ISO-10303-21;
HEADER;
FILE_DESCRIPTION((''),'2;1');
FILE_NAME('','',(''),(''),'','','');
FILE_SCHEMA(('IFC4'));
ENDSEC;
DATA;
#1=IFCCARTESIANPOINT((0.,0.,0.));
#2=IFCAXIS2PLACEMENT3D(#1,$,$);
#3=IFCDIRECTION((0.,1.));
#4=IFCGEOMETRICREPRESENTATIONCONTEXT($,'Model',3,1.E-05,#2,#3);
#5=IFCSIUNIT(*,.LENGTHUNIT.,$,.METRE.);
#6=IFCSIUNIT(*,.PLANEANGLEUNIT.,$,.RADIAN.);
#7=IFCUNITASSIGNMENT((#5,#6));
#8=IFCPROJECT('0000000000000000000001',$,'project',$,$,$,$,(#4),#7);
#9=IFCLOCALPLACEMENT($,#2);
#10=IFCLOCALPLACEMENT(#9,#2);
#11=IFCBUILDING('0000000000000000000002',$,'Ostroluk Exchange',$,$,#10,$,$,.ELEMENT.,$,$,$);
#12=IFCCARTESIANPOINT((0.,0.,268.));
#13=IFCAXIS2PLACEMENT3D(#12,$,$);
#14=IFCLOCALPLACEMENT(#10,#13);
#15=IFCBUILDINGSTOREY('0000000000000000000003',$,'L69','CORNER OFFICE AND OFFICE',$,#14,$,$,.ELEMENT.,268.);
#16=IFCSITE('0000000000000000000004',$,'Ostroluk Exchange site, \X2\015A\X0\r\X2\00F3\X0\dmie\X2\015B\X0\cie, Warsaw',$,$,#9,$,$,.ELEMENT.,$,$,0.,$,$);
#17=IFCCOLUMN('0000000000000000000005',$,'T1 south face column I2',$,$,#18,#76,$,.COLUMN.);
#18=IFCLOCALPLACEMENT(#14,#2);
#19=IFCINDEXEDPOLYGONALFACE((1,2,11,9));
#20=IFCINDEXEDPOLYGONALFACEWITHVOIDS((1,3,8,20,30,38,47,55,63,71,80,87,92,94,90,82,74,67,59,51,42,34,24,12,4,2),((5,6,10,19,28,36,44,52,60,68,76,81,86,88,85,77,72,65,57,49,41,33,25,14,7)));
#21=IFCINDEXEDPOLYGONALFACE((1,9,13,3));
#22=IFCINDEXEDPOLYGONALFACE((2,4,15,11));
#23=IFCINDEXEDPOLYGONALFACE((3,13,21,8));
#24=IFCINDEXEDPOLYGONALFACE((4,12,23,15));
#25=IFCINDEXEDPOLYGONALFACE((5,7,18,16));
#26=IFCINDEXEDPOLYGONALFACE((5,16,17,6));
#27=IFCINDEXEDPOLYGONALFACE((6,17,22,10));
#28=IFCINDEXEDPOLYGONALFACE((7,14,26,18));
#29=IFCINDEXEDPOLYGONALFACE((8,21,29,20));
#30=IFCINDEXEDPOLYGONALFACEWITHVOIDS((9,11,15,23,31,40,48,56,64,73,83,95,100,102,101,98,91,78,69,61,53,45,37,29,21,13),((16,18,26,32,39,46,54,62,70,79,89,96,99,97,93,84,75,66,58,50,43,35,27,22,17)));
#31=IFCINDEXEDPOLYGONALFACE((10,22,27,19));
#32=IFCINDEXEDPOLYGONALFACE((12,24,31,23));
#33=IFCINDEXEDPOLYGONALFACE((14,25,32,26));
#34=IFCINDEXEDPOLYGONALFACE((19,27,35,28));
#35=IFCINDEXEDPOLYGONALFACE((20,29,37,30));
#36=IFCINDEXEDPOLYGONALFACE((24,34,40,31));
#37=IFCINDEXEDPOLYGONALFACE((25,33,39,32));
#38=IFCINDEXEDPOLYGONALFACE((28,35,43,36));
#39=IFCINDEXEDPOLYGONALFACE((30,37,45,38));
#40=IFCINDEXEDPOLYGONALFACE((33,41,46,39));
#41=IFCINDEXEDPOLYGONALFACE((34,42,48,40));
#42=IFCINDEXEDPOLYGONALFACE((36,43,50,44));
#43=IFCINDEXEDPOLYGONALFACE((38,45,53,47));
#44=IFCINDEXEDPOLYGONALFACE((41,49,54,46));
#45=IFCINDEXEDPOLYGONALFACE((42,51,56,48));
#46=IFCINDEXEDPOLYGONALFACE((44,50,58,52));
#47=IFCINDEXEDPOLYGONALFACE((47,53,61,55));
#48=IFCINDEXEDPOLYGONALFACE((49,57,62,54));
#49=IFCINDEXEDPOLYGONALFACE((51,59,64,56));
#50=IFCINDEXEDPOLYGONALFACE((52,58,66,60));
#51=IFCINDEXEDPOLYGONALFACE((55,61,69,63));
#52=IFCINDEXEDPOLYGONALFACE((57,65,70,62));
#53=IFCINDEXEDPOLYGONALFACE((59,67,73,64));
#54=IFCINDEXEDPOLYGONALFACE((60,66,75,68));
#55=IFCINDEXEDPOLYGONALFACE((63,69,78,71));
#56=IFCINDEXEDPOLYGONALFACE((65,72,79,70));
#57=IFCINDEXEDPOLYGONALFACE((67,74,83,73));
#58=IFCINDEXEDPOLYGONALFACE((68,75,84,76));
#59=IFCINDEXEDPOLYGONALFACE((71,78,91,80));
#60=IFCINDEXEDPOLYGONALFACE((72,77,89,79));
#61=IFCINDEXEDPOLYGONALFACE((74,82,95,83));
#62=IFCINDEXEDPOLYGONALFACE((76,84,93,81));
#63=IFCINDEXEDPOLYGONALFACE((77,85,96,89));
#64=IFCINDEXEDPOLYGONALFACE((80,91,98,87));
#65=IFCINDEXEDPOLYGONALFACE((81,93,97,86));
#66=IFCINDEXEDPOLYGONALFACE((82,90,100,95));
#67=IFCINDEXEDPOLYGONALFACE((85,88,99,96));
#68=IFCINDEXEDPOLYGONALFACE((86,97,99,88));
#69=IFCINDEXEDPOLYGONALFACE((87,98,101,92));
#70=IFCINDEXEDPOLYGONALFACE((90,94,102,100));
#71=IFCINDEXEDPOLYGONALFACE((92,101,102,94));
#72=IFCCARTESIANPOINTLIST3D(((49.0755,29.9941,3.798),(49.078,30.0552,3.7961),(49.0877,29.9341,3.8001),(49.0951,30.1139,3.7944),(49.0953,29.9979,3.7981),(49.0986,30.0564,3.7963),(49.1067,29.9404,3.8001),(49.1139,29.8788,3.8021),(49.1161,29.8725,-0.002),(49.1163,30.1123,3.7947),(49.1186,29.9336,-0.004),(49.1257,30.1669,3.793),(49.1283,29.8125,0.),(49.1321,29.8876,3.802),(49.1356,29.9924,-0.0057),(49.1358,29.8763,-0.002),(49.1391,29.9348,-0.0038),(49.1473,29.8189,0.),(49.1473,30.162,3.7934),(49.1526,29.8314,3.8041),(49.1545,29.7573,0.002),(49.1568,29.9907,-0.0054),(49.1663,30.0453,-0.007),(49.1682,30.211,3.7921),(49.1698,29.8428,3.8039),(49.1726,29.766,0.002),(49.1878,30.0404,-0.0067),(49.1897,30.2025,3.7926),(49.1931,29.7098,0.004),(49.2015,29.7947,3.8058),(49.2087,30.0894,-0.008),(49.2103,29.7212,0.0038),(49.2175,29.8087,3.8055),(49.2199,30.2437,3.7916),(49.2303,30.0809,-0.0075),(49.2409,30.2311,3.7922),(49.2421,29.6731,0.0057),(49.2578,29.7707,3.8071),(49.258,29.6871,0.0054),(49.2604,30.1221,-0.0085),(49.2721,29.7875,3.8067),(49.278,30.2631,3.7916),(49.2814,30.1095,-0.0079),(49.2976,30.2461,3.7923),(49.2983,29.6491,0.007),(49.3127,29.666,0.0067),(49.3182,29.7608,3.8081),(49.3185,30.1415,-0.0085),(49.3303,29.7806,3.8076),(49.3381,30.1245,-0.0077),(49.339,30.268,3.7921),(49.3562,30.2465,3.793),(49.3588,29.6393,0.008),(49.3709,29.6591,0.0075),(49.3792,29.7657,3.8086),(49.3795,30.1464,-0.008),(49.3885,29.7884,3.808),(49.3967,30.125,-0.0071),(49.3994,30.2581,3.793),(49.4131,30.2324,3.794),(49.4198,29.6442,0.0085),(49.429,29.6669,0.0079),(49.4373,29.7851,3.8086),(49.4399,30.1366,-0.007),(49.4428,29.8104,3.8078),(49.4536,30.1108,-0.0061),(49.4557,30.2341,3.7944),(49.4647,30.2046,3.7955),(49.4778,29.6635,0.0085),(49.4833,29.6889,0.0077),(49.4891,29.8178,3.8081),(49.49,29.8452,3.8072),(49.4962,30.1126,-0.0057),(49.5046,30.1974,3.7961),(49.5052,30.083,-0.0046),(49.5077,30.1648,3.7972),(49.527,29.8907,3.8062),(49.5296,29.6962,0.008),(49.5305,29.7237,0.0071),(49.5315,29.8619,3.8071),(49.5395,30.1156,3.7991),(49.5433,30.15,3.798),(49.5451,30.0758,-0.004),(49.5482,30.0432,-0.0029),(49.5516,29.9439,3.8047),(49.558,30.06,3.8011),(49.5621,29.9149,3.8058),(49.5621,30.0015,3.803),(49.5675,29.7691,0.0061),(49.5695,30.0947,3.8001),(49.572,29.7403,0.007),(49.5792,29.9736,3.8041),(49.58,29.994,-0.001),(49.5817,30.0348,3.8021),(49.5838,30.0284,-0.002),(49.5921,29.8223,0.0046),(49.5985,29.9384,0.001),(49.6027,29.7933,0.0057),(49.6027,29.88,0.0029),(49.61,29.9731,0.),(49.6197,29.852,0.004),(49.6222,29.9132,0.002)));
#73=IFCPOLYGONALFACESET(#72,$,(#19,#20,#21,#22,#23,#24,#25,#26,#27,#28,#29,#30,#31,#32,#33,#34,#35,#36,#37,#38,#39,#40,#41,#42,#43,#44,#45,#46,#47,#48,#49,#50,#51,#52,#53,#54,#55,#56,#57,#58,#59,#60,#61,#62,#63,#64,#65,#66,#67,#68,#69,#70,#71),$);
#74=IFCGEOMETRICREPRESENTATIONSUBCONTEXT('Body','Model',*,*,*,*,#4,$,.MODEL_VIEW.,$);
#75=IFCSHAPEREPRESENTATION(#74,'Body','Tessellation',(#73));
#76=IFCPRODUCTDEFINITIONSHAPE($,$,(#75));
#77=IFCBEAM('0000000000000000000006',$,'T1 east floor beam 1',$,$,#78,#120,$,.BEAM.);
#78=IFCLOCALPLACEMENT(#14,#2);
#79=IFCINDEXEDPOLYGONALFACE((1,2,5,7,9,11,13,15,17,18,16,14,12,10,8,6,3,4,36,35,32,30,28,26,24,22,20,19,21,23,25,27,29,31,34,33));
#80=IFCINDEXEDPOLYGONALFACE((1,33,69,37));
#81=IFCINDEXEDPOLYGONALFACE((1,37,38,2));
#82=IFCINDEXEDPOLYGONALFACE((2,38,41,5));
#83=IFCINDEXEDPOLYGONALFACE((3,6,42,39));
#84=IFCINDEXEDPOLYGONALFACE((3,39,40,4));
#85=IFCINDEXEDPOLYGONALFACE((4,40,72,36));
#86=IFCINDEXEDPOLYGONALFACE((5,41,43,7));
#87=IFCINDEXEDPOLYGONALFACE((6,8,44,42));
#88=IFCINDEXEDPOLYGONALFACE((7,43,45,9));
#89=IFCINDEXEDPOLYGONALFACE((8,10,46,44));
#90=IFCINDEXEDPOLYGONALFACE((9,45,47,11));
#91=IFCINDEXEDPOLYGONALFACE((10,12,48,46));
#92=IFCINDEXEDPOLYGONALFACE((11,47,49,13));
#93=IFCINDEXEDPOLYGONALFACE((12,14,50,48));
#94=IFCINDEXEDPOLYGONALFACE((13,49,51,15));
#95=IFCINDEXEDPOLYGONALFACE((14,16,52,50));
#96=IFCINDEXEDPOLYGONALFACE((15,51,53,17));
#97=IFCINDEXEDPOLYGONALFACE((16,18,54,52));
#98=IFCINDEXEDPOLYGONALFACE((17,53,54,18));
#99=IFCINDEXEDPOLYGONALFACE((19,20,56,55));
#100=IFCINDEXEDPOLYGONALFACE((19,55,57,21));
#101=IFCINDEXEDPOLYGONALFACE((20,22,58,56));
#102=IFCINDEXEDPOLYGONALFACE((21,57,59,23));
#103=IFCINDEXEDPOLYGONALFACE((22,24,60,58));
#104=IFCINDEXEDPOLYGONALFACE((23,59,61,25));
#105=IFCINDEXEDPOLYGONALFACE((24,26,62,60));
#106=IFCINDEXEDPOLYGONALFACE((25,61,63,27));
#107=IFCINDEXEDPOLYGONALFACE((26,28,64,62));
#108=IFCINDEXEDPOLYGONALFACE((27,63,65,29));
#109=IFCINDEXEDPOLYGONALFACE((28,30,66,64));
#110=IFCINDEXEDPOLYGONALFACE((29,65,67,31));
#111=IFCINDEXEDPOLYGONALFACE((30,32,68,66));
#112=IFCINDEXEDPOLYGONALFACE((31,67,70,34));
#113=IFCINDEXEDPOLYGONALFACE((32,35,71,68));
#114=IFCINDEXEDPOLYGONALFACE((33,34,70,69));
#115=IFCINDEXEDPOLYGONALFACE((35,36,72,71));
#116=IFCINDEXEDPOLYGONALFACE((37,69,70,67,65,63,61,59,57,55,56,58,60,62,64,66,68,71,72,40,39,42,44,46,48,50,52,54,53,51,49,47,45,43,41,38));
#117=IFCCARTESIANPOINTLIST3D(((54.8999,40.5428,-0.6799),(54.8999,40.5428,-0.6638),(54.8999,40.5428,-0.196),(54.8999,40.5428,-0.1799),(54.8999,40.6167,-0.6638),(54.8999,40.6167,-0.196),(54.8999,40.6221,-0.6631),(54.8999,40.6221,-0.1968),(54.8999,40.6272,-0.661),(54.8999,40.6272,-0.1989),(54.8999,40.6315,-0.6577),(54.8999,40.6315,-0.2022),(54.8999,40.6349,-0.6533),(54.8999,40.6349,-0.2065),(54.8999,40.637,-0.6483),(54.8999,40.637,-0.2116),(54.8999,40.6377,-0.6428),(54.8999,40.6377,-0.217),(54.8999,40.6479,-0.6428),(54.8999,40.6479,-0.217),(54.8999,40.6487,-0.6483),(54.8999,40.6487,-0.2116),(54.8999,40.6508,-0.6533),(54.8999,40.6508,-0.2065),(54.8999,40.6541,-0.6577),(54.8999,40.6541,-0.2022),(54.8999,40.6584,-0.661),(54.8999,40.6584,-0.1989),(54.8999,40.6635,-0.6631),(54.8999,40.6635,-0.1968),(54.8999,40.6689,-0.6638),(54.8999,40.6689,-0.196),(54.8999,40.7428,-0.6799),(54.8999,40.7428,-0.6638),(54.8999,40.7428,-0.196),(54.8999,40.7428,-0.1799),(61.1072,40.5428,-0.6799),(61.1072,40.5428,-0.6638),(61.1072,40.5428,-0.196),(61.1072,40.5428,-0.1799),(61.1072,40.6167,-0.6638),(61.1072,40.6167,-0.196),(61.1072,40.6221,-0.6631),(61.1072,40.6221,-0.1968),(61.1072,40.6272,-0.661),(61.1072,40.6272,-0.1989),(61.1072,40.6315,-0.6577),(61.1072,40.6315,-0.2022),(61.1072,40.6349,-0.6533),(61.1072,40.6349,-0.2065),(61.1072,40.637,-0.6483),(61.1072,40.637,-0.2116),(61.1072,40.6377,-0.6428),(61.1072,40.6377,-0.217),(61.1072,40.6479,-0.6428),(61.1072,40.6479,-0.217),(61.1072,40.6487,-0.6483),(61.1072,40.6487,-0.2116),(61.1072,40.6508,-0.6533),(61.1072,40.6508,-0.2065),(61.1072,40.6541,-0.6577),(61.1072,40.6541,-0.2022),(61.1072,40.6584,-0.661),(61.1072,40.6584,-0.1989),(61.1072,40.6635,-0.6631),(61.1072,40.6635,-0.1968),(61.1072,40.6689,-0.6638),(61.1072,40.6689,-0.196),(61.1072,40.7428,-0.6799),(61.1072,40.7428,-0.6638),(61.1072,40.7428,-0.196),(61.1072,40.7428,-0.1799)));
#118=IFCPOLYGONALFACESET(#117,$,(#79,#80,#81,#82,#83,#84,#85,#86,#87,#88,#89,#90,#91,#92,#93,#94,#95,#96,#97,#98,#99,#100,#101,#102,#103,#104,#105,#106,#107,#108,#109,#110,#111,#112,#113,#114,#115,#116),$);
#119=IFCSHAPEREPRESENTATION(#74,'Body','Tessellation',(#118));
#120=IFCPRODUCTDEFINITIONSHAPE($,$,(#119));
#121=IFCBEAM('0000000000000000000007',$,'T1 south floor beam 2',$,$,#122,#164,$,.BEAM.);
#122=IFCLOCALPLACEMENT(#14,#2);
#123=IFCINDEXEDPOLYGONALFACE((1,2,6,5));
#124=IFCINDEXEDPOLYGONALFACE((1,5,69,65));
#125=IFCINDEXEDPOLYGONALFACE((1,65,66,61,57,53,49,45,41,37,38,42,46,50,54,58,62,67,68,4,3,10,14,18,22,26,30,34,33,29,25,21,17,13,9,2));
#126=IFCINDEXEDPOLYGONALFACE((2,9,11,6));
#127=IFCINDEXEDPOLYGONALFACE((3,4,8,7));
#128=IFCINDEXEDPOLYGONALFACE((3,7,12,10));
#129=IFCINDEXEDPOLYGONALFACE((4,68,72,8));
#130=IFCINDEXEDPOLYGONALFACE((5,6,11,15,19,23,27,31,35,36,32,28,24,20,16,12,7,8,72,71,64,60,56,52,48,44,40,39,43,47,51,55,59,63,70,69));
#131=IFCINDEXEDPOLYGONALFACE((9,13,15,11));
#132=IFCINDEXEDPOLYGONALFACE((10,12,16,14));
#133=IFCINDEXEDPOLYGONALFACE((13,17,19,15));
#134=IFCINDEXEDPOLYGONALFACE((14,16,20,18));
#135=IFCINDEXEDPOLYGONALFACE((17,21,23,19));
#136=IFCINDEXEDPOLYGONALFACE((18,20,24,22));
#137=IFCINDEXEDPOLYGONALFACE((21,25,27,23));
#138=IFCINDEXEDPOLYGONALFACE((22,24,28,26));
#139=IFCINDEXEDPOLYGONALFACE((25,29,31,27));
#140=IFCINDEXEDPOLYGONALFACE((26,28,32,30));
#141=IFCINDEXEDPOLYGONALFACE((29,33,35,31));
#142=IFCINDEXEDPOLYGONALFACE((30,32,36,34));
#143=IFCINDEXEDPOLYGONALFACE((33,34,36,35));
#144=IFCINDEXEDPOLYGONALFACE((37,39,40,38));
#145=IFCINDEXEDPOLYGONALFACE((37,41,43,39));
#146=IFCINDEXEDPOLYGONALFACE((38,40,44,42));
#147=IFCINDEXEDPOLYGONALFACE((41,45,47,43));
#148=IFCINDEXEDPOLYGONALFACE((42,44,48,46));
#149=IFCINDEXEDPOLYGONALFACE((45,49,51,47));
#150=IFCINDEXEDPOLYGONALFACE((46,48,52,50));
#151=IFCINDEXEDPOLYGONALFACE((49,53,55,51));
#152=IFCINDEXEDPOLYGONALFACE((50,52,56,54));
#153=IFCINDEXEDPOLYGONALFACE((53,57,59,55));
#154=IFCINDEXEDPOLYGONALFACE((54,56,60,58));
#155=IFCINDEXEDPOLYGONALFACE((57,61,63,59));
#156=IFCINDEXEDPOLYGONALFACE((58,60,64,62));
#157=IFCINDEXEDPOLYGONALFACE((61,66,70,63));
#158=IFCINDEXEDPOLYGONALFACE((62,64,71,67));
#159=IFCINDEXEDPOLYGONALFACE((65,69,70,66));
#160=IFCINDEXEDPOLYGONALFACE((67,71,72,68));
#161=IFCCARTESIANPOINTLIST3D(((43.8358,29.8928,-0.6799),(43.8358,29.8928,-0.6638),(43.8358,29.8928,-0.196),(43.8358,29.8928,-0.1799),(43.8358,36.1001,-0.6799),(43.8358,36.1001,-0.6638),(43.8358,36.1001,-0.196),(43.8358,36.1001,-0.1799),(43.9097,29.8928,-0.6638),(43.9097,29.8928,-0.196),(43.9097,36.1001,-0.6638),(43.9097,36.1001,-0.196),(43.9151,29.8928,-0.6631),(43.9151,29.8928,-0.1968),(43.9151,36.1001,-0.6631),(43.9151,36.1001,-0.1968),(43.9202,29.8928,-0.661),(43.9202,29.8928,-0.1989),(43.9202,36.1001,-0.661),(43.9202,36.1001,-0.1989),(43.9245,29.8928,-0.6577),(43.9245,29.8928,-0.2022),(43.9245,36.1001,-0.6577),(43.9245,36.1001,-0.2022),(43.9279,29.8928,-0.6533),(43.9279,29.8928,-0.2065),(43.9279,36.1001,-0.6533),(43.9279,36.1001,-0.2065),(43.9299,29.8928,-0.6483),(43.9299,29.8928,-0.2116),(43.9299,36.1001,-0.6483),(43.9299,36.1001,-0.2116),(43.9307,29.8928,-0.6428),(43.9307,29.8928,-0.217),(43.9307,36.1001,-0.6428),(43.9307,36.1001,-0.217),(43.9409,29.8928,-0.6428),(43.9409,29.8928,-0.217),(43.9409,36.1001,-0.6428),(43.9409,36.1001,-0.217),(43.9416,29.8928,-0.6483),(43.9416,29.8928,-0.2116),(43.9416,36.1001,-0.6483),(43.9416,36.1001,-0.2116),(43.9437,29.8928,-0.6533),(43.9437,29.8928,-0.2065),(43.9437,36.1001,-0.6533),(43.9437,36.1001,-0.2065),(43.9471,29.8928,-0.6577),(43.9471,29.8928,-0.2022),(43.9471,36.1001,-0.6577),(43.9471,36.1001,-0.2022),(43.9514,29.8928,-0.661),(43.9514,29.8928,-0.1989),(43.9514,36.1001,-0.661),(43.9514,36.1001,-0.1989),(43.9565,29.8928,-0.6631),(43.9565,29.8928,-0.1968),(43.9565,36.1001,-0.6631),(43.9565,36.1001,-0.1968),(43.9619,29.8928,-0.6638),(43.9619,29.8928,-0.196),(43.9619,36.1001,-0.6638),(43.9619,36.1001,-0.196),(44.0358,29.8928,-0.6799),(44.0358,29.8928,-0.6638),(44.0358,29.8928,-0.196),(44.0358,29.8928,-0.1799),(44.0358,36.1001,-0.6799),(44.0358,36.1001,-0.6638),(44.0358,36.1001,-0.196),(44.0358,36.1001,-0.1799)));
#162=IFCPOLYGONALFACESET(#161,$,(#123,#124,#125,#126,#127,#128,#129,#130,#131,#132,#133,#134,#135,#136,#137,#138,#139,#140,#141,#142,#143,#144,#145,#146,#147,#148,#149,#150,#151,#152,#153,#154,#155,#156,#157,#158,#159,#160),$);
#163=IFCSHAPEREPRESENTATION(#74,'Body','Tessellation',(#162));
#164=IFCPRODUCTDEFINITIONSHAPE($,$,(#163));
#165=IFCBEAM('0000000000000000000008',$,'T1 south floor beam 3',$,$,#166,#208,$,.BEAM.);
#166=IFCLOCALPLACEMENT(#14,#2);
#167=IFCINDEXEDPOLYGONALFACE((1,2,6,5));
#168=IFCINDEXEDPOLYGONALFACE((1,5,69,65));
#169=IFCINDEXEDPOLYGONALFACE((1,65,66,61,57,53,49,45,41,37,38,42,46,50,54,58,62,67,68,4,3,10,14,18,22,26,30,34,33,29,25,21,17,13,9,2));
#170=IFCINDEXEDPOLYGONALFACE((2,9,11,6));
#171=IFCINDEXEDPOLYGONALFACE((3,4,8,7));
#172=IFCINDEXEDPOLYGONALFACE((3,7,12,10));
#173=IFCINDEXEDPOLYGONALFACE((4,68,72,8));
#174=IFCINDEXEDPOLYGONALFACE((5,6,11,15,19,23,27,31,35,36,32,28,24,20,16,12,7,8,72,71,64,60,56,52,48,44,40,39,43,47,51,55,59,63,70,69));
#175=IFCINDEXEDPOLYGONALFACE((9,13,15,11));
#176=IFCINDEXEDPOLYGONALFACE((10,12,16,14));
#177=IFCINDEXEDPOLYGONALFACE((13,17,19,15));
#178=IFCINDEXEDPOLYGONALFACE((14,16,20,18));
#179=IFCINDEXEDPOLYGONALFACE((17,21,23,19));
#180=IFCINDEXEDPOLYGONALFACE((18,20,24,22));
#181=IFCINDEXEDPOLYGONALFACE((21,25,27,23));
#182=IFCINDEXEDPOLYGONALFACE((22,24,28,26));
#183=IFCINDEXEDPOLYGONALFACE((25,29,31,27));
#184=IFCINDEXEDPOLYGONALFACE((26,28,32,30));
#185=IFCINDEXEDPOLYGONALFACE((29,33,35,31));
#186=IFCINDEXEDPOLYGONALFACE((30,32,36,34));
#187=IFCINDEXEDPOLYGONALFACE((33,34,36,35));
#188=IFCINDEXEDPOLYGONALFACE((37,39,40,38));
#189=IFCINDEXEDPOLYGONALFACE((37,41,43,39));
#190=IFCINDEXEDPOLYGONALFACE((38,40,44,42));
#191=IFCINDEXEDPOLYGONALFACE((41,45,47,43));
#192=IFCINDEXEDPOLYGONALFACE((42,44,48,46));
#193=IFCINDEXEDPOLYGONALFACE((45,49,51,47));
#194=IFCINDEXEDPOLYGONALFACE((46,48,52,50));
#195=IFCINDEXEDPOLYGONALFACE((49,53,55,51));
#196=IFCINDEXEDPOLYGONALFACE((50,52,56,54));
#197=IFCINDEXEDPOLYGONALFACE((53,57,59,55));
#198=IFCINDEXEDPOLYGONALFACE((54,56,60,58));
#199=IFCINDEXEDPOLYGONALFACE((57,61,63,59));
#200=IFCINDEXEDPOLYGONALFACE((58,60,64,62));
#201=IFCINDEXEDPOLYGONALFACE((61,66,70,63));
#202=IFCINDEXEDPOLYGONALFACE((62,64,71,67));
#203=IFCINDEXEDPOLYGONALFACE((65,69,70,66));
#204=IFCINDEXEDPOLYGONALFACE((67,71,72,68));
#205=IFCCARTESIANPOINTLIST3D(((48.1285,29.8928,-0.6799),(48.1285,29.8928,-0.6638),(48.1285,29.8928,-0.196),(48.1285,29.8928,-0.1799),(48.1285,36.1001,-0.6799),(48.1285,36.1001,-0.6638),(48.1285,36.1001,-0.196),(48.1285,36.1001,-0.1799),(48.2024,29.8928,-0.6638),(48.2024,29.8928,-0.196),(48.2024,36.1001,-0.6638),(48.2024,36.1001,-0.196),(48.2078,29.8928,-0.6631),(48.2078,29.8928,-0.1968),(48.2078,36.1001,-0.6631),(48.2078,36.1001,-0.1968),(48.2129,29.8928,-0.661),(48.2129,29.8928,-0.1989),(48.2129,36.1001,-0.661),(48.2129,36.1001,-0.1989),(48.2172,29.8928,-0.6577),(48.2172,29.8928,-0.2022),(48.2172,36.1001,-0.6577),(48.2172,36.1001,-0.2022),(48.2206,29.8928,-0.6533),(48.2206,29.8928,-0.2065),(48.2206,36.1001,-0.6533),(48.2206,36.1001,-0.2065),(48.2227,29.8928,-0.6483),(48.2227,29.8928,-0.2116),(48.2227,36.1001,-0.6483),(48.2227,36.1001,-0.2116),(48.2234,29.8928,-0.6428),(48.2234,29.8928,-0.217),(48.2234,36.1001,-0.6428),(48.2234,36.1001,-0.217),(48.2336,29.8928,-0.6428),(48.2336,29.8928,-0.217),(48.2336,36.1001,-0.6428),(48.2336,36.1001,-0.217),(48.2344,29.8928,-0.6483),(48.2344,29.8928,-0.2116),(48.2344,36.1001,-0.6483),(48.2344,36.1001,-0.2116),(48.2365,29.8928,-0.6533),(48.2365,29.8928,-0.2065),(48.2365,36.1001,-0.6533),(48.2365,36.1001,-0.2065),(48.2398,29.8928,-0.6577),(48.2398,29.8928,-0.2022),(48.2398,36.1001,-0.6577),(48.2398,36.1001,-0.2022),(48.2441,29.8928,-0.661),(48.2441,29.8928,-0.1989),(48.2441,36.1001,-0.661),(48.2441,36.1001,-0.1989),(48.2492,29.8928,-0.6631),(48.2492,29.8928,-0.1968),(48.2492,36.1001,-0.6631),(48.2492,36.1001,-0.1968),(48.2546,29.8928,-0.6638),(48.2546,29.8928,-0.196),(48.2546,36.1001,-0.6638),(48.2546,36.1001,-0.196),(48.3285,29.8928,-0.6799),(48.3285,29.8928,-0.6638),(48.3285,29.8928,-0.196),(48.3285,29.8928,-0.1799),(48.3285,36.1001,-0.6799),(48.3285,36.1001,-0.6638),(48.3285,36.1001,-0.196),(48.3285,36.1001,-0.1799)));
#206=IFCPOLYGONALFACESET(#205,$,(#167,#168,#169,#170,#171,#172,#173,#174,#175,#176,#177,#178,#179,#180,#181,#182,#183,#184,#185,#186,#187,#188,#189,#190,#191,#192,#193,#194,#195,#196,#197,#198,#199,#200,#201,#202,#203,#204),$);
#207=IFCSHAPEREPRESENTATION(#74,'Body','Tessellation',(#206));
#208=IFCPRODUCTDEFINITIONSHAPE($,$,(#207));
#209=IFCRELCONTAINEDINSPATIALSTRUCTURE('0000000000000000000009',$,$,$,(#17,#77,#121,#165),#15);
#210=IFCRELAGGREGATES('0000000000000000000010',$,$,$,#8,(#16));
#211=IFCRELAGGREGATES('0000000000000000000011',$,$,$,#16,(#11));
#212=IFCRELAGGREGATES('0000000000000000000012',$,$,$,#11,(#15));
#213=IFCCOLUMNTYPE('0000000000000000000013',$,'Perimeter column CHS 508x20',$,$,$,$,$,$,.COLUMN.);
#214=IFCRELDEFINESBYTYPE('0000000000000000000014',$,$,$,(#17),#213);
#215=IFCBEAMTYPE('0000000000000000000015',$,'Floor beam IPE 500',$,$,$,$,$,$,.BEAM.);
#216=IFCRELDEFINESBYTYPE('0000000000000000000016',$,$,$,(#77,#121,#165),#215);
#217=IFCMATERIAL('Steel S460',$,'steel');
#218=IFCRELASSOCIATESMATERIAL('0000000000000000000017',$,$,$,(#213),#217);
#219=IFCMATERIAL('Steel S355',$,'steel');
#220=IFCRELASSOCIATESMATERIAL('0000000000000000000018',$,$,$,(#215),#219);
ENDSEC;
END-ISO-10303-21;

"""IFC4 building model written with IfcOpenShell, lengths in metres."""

from ifc_helpers import new_model, si_unit, direction, frame, origin, origin_2d, place, context, subcontext, project, spatial, hollow_circle, i_section, extrude, material, material_profile, profile_set, type_object, element, save


model = new_model("IFC4")

# Units and contexts
model_context = context("Model", 3, precision=1e-05, world=origin(), true_north=direction((0.0, 1.0)))
body_context = subcontext(model_context, "Body", "Model", "MODEL_VIEW")
ifc_project = project(units=[si_unit("LENGTHUNIT", "METRE"), si_unit("PLANEANGLEUNIT", "RADIAN")], contexts=[model_context])

# Site, building, storey
site_placement = place(None, origin())
site = spatial("IfcSite", under=ifc_project, at=site_placement, Name="Ostroluk Exchange site, Śródmieście, Warsaw", CompositionType="ELEMENT", RefElevation=0.0)
building_placement = place(site_placement, origin())
building = spatial("IfcBuilding", under=site, at=building_placement, Name="Ostroluk Exchange", CompositionType="ELEMENT")
storey_placement = place(building_placement, frame((0.0, 0.0, 268.0)))
storey = spatial("IfcBuildingStorey", under=building, at=storey_placement, Name="L69", Description="CORNER OFFICE AND OFFICE", CompositionType="ELEMENT", Elevation=268.0)

# Column
ifc_material_1 = material(Name="Steel S460", Category="steel")
ifc_material_profile_1 = material_profile(ifc_material_1, hollow_circle(Radius=0.2539, WallThickness=0.02, at=origin_2d()), Name="CHS 508x20")
ifc_profile_set_1 = profile_set([ifc_material_profile_1], Name="Steel S460")
column_type = type_object("IfcColumnType", Name="Perimeter column CHS 508x20", PredefinedType="COLUMN", material=ifc_profile_set_1)
column_placement = place(storey_placement, frame((49.3691, 29.8928, 0.0), z_axis=(-0.010659, 0.031977, 0.999432), x_axis=(-0.948683, -0.316228, 0.0)))
element("IfcColumn", 1, at=column_placement, inside=storey, type_object=column_type, Name="T1 south face column I2", PredefinedType="COLUMN", context=body_context, shape_type="SweptSolid", body=[
    extrude(hollow_circle(Radius=0.2539, WallThickness=0.02, at=origin_2d()), origin(), (0.0, 0.0, 1.0), 3.8022),
])

# Beams
ifc_material_2 = material(Name="Steel S355", Category="steel")
ifc_material_profile_2 = material_profile(ifc_material_2, i_section(OverallWidth=0.2, OverallDepth=0.5, WebThickness=0.0103, FlangeThickness=0.0161, FilletRadius=0.021, at=origin_2d()), Name="IPE 500")
ifc_profile_set_2 = profile_set([ifc_material_profile_2], Name="Steel S355")
beam_type_1 = type_object("IfcBeamType", Name="Floor beam IPE 500", PredefinedType="BEAM", material=ifc_profile_set_2)
for number, where, z_axis, x_axis, name in (
    (2, (54.8999, 40.6428, -0.4299), (1.0, 0.0, 0.0), (0.0, 1.0, 0.0), "T1 east floor beam 1"),
    (3, (43.9358, 36.1001, -0.4299), (0.0, -1.0, 0.0), (1.0, 0.0, 0.0), "T1 south floor beam 2"),
    (4, (48.2285, 36.1001, -0.4299), (0.0, -1.0, 0.0), (1.0, 0.0, 0.0), "T1 south floor beam 3"),
):
    element("IfcBeam", number, at=place(storey_placement, frame(where, z_axis=z_axis, x_axis=x_axis)), inside=storey, type_object=beam_type_1, Name=name, PredefinedType="BEAM", context=body_context, shape_type="SweptSolid", body=[
        extrude(i_section(OverallWidth=0.2, OverallDepth=0.5, WebThickness=0.0103, FlangeThickness=0.0161, FilletRadius=0.021, at=origin_2d()), origin(), (0.0, 0.0, 1.0), 6.2073),
    ])

save(model, "model.ifc")
